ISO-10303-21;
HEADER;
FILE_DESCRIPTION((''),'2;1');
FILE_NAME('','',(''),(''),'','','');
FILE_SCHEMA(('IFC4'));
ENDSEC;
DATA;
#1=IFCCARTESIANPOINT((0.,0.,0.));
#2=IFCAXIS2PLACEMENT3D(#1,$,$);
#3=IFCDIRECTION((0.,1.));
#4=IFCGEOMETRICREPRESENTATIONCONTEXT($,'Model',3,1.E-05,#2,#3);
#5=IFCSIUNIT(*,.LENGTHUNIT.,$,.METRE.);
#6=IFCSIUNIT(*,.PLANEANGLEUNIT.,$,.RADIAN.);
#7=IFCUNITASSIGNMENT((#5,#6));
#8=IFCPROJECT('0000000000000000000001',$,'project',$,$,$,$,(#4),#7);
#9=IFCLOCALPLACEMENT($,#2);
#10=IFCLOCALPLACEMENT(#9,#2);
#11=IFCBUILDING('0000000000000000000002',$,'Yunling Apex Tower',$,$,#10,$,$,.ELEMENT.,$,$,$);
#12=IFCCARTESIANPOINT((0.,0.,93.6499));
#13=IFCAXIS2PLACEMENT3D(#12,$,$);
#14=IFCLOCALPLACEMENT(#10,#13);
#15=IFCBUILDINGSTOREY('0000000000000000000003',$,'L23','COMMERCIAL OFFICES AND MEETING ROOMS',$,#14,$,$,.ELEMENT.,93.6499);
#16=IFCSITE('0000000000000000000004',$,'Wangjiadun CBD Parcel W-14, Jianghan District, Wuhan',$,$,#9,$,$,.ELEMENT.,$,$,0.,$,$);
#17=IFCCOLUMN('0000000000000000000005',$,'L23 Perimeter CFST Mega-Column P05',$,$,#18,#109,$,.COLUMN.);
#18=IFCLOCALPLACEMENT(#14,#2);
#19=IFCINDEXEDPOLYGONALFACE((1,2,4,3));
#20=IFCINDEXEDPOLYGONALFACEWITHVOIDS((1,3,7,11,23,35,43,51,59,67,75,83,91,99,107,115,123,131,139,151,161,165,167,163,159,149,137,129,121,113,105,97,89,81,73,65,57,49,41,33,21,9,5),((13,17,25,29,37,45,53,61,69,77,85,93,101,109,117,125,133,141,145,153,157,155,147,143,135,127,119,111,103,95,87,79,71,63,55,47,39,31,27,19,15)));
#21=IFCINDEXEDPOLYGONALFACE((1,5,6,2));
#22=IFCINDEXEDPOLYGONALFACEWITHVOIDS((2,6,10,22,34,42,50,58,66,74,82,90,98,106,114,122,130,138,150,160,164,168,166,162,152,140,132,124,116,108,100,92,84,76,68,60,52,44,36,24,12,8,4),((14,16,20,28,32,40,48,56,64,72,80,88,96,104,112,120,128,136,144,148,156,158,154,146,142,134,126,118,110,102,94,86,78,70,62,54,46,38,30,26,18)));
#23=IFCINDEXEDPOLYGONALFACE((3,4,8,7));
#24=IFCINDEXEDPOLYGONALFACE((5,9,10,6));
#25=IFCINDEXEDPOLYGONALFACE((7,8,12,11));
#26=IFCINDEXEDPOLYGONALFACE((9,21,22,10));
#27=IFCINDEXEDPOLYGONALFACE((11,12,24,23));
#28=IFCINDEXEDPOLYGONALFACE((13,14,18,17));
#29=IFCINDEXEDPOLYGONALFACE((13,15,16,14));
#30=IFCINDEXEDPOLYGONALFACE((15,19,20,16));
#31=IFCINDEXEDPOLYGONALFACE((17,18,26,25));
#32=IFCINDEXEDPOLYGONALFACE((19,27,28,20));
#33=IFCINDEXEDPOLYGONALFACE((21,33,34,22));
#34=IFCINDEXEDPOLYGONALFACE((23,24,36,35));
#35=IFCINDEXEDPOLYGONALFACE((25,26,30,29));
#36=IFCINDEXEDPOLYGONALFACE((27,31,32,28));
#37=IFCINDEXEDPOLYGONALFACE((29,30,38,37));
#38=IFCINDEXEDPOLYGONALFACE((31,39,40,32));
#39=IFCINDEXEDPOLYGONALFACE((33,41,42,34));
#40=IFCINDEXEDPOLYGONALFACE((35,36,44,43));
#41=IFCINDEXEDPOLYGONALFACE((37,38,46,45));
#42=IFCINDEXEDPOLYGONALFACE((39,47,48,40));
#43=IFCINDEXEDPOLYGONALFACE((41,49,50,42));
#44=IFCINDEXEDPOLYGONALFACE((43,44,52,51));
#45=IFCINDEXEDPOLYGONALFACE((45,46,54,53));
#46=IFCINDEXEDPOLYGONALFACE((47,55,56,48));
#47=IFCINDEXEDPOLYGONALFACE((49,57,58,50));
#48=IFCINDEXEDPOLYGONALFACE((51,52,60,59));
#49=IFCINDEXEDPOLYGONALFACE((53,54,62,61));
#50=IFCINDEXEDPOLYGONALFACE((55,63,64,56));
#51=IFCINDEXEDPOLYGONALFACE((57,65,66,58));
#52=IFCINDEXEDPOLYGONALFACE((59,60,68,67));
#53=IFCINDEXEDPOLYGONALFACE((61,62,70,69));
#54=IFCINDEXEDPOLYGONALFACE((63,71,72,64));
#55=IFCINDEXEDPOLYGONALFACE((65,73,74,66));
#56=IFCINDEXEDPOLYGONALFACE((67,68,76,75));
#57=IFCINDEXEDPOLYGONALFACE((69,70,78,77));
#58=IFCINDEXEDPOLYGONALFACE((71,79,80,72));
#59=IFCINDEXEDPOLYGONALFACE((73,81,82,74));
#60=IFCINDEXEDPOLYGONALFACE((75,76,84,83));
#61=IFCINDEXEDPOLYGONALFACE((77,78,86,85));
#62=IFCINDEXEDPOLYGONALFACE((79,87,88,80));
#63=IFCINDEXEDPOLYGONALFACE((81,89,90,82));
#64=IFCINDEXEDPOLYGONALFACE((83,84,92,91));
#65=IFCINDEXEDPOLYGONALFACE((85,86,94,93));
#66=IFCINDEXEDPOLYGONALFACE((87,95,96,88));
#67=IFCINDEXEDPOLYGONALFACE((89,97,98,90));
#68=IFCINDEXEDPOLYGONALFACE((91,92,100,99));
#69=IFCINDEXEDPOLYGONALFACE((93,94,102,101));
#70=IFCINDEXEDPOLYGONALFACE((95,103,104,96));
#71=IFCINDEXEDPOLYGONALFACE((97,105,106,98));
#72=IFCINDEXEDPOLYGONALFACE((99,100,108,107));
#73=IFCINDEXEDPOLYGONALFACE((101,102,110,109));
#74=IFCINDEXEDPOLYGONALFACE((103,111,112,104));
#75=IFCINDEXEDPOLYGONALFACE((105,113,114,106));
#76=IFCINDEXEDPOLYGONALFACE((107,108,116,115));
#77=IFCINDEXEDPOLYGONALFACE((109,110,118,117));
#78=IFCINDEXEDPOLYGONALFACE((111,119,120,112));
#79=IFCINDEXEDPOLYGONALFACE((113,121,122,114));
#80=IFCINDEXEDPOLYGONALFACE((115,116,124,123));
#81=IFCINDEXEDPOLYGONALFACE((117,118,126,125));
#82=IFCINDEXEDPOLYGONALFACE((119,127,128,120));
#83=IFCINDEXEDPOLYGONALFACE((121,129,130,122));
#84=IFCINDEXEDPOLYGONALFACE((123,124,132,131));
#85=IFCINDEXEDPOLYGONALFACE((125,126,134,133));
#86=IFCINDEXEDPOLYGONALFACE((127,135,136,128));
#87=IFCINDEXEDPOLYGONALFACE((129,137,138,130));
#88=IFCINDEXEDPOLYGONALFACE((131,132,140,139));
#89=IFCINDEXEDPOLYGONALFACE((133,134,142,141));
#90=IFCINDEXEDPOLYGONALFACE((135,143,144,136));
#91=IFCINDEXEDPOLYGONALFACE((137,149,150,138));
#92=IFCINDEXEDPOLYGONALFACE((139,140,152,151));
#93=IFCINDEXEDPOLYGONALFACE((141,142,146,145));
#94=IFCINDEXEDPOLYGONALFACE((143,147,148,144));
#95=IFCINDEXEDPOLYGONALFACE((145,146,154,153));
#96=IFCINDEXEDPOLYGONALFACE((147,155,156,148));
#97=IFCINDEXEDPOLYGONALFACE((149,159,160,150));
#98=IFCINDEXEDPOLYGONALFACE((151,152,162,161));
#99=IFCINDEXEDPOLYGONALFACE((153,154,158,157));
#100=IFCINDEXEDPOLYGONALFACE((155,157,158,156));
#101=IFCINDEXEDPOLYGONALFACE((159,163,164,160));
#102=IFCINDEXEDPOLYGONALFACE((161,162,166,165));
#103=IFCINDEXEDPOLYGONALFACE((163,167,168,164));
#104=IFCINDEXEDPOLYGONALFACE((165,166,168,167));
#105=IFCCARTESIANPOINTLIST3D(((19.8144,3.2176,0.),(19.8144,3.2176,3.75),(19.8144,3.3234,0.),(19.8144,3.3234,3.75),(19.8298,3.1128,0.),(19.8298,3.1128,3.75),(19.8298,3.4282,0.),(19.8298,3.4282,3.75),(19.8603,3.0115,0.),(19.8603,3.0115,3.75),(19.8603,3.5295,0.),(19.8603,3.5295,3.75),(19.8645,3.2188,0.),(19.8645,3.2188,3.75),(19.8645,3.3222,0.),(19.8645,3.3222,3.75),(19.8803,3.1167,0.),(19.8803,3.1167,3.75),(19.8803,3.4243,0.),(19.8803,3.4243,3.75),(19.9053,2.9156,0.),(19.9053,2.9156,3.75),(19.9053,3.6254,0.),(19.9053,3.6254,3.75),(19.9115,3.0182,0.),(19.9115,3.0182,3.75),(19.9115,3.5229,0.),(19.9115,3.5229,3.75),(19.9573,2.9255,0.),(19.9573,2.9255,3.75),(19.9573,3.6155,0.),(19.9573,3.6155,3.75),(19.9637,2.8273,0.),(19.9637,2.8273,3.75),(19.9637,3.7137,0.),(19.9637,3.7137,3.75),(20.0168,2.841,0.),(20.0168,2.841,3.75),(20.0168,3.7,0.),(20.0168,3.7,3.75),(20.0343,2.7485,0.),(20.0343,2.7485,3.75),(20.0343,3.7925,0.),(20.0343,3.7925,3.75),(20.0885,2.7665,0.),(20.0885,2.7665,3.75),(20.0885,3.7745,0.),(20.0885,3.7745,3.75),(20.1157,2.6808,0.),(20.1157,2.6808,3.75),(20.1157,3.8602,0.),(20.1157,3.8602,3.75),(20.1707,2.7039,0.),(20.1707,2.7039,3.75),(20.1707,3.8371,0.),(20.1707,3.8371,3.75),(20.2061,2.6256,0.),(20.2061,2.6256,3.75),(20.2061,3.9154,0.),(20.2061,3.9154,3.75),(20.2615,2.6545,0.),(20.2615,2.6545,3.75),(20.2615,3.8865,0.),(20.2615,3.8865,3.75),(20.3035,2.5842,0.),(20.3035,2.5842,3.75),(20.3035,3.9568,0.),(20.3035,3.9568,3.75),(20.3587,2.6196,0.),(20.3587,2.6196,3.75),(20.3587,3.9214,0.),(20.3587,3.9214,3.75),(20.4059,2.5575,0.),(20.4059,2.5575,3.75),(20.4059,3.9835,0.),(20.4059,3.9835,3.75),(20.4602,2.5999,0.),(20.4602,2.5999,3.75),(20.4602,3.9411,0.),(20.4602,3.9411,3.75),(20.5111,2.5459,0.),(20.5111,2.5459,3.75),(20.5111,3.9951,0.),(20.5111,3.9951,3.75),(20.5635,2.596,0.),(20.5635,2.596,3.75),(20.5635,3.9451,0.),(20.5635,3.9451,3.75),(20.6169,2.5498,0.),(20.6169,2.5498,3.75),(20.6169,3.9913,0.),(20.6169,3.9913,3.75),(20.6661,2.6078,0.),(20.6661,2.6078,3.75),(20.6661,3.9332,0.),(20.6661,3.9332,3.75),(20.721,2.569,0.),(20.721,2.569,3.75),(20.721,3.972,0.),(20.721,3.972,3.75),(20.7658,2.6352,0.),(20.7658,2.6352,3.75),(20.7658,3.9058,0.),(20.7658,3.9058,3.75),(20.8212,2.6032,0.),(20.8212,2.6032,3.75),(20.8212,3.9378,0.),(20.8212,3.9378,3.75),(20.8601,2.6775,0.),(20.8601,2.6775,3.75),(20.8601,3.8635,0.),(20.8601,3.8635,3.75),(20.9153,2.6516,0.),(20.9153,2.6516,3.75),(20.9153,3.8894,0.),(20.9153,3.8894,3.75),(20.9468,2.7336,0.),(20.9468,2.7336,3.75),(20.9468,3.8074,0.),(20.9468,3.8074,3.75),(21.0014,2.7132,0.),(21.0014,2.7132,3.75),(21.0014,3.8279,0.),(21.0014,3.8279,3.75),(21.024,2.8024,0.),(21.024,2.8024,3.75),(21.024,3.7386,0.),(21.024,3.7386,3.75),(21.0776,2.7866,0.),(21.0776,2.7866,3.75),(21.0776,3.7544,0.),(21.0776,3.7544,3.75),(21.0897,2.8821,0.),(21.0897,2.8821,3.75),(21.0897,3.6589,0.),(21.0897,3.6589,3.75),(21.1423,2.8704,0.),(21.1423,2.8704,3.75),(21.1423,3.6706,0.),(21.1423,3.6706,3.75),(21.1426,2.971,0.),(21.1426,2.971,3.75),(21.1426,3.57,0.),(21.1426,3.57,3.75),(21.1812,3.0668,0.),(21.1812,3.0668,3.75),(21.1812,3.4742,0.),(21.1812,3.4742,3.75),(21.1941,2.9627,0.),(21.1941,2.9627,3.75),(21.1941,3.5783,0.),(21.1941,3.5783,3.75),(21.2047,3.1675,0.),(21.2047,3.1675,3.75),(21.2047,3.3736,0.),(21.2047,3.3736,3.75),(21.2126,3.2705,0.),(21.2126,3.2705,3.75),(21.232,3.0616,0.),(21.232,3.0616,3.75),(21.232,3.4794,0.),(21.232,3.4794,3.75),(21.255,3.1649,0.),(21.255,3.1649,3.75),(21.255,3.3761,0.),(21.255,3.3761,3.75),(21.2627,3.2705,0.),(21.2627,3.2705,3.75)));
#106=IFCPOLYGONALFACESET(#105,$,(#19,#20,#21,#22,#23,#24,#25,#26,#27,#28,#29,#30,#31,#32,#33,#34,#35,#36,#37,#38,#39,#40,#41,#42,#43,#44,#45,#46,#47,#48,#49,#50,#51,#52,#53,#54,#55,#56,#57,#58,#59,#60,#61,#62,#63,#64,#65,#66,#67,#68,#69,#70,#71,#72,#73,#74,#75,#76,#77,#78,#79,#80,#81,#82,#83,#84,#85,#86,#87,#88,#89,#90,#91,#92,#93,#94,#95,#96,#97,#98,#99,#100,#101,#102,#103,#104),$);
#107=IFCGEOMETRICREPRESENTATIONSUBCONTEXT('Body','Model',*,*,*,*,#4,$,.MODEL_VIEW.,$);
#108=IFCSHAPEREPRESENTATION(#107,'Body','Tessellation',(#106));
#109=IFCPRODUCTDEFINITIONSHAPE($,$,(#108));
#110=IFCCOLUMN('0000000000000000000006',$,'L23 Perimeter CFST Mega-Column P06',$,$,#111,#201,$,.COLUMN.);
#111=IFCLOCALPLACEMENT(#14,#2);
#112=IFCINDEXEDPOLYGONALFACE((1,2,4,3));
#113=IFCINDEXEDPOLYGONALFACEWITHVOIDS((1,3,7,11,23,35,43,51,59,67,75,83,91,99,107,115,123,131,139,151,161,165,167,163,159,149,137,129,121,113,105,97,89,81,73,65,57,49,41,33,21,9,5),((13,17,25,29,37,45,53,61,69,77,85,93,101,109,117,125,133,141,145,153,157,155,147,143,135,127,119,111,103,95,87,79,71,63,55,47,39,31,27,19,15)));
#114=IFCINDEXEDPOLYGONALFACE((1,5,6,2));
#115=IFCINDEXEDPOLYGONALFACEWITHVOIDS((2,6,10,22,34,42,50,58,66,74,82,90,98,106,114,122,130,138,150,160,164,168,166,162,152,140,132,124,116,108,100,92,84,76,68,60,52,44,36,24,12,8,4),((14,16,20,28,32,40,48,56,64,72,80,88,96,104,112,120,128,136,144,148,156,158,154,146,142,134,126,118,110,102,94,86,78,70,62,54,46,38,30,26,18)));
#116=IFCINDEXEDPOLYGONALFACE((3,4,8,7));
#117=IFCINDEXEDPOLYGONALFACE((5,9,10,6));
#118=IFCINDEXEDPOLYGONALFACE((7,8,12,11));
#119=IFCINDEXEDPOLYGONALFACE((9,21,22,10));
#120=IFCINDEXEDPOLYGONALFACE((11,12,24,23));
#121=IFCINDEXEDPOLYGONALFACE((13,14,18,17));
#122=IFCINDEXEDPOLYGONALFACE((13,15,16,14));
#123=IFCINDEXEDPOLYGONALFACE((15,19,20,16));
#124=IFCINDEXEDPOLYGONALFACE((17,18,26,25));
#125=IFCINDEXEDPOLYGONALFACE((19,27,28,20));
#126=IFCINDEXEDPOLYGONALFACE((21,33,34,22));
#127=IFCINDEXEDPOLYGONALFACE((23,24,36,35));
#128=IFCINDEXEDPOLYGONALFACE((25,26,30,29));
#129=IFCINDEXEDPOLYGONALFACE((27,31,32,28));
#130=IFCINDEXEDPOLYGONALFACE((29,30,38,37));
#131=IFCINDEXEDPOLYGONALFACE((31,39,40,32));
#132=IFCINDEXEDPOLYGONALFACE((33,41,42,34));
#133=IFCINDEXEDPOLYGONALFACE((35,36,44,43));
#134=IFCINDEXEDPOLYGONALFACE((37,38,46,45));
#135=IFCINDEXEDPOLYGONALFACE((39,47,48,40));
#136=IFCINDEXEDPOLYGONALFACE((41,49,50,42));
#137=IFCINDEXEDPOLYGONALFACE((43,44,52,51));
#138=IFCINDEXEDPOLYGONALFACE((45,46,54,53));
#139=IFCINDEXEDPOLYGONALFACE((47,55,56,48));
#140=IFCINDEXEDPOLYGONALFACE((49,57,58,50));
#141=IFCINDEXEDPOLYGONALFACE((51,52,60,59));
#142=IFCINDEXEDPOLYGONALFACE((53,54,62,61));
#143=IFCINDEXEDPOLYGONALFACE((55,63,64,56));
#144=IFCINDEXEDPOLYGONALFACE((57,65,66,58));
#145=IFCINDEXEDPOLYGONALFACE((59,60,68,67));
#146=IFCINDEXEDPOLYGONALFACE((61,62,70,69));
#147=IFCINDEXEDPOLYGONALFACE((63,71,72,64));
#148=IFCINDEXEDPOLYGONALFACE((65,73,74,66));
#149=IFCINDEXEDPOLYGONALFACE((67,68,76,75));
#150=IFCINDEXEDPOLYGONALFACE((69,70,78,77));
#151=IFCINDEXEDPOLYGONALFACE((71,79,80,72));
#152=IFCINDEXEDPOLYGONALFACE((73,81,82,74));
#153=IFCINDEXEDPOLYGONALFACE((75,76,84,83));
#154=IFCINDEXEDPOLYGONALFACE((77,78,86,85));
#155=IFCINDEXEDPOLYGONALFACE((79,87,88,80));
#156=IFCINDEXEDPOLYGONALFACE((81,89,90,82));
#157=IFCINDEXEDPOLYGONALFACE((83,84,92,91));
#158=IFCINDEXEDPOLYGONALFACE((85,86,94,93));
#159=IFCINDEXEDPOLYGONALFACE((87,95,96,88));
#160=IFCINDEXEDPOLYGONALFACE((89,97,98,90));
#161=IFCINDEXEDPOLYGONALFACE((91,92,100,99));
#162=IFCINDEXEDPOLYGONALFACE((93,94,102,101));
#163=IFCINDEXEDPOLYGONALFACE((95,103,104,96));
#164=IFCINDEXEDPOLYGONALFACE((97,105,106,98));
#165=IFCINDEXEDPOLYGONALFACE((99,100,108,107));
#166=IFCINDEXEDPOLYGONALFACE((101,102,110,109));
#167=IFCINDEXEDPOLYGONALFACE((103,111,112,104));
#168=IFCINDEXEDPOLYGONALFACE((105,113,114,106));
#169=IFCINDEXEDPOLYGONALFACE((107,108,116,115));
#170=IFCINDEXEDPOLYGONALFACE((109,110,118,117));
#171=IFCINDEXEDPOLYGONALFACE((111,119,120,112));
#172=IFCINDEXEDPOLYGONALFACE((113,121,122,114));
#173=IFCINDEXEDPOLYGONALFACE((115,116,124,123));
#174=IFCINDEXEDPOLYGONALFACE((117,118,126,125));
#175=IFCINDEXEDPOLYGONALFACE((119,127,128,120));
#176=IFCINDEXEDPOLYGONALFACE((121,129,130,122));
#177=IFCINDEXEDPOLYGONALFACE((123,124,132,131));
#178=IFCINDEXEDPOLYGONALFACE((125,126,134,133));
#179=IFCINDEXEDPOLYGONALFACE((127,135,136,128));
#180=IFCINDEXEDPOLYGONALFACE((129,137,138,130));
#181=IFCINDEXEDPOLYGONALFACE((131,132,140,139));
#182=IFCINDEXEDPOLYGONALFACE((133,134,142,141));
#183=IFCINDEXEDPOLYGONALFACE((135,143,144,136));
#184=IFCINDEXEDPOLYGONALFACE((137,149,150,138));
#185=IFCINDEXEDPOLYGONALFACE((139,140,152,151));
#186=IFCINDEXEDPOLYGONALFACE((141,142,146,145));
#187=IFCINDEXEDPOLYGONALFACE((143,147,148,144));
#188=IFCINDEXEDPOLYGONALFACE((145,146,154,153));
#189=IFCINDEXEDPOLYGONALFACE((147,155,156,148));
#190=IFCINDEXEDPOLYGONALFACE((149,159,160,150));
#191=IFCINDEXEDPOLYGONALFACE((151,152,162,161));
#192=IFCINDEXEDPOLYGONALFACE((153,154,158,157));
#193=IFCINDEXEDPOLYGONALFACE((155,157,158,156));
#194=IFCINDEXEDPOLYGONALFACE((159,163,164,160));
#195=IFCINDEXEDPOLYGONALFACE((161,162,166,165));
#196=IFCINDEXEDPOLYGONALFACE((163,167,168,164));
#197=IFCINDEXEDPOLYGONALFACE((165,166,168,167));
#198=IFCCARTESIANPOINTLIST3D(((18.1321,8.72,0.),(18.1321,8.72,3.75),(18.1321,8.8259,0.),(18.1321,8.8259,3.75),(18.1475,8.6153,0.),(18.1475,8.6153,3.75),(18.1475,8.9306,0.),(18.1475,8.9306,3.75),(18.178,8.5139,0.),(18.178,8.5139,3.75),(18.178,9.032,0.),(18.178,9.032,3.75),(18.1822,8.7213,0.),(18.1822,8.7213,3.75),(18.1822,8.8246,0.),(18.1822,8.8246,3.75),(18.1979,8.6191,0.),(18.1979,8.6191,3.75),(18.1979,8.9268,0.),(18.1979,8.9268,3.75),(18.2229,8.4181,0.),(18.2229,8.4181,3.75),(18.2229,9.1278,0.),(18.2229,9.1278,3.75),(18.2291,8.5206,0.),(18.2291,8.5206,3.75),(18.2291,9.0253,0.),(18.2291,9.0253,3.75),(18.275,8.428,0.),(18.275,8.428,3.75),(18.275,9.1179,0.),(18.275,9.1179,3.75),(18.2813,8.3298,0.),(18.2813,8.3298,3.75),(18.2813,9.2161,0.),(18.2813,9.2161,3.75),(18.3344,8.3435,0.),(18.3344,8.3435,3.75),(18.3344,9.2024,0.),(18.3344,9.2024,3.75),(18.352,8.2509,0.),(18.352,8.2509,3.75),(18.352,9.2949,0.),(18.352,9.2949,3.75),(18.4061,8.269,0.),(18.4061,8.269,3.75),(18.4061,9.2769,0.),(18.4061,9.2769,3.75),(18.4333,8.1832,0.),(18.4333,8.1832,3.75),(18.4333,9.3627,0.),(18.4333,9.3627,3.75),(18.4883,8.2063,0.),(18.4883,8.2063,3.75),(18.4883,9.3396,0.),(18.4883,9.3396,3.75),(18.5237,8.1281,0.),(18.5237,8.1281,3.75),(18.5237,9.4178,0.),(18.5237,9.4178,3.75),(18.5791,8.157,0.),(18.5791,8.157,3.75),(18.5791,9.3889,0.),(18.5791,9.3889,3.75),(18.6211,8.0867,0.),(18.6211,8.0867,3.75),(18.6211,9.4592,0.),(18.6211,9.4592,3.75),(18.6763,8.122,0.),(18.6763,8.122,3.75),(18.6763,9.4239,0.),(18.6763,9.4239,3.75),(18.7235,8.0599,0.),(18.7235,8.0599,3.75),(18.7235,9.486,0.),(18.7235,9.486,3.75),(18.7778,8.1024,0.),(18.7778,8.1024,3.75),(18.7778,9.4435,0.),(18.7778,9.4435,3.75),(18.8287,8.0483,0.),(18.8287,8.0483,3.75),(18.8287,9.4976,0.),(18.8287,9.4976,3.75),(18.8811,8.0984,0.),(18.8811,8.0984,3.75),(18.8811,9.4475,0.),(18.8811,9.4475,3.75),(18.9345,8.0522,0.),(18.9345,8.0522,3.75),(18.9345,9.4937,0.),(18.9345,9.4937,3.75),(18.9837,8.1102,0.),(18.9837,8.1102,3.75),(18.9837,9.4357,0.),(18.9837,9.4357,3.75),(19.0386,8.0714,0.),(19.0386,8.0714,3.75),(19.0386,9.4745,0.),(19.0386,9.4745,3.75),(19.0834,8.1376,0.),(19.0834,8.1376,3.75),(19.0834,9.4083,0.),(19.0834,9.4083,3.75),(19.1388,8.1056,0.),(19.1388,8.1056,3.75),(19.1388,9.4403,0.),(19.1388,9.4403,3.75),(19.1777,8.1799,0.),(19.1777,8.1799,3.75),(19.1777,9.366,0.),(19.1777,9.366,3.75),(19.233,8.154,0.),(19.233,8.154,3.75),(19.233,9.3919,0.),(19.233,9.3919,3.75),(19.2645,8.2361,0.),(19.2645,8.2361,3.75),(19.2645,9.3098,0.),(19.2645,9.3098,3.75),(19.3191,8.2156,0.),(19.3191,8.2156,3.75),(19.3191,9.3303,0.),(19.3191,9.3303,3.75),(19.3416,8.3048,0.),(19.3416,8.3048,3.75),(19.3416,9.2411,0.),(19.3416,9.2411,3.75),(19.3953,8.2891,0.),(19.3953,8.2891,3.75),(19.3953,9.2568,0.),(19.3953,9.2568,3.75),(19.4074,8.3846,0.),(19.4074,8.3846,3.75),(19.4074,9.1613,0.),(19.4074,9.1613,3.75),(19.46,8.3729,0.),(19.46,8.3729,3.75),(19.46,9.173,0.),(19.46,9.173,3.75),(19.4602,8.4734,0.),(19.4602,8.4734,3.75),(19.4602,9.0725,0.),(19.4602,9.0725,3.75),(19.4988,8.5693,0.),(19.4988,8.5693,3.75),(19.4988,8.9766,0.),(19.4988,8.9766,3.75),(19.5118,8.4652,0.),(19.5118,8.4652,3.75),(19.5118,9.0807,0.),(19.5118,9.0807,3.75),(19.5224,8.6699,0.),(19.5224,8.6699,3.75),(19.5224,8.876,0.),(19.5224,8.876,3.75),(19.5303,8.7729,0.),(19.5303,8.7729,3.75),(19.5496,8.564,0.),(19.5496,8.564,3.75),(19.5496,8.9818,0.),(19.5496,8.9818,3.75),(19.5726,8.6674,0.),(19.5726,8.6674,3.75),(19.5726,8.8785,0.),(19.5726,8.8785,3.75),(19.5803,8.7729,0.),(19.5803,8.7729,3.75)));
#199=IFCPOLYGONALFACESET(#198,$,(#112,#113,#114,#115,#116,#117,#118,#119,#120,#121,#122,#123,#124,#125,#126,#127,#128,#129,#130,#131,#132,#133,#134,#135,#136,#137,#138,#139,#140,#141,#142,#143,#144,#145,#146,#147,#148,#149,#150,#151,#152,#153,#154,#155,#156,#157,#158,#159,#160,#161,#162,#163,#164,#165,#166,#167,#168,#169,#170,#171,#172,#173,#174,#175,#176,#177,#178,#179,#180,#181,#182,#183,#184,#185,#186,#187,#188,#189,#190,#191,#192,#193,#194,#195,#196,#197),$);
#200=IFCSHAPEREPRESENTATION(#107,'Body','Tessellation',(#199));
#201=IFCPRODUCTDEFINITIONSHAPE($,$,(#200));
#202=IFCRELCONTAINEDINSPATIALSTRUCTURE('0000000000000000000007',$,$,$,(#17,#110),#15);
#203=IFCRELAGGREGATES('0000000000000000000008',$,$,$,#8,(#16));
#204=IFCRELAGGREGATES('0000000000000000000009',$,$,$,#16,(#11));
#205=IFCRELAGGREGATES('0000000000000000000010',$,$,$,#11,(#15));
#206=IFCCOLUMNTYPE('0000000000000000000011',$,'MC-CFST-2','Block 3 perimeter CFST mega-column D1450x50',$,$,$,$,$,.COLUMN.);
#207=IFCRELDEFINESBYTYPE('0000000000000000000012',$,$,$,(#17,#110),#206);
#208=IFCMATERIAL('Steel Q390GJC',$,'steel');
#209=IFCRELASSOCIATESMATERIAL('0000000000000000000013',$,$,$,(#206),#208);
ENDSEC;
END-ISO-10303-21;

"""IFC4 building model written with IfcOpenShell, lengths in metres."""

from ifc_helpers import new_model, si_unit, direction, frame, origin, origin_2d, place, context, subcontext, project, spatial, hollow_circle, extrude, source, transform, mapped, material, material_profile, profile_set, type_object, element, save


model = new_model("IFC4")

# Units and contexts
model_context = context("Model", 3, precision=1e-05, world=origin(), true_north=direction((0.0, 1.0)))
body_context = subcontext(model_context, "Body", "Model", "MODEL_VIEW")
ifc_project = project(units=[si_unit("LENGTHUNIT", "METRE"), si_unit("PLANEANGLEUNIT", "RADIAN")], contexts=[model_context])

# Site, building, storey
site_placement = place(None, origin())
site = spatial("IfcSite", under=ifc_project, at=site_placement, Name="Wangjiadun CBD Parcel W-14, Jianghan District, Wuhan", CompositionType="ELEMENT", RefElevation=0.0)
building_placement = place(site_placement, origin())
building = spatial("IfcBuilding", under=site, at=building_placement, Name="Yunling Apex Tower", CompositionType="ELEMENT")
storey_placement = place(building_placement, frame((0.0, 0.0, 93.6499)))
storey = spatial("IfcBuildingStorey", under=building, at=storey_placement, Name="L23", Description="COMMERCIAL OFFICES AND MEETING ROOMS", CompositionType="ELEMENT", Elevation=93.6499)

# Columns
ifc_material_1 = material(Name="Steel Q390GJC", Category="steel")
ifc_material_profile_1 = material_profile(ifc_material_1, hollow_circle(Radius=0.7251, WallThickness=0.05, at=origin_2d()))
ifc_profile_set_1 = profile_set([ifc_material_profile_1], Name="Steel Q390GJC")
column_type = type_object("IfcColumnType", Name="MC-CFST-2", Description="Block 3 perimeter CFST mega-column D1450x50", PredefinedType="COLUMN", material=ifc_profile_set_1)
shared_shape_1 = source(origin(), body_context, "Body", "SweptSolid", [
    extrude(hollow_circle(Radius=0.7251, WallThickness=0.05, at=origin_2d()), origin(), (0.0, 0.0, 1.0), 3.75),
])
for number, where, z_axis, x_axis, name in (
    (1, (20.5376, 3.2705, 0.0), (0.0, 0.0, 1.0), (1.0, 0.0, 0.0), "L23 Perimeter CFST Mega-Column P05"),
    (2, (18.8552, 8.7729, 0.0), (0.0, 0.0, 1.0), (1.0, 0.0, 0.0), "L23 Perimeter CFST Mega-Column P06"),
):
    element("IfcColumn", number, at=place(storey_placement, frame(where, z_axis=z_axis, x_axis=x_axis)), inside=storey, type_object=column_type, Name=name, PredefinedType="COLUMN", context=body_context, shape_type="MappedRepresentation", body=[
        mapped(shared_shape_1, transform((0.0, 0.0, 0.0), scale=1.0)),
    ])

save(model, "model.ifc")
